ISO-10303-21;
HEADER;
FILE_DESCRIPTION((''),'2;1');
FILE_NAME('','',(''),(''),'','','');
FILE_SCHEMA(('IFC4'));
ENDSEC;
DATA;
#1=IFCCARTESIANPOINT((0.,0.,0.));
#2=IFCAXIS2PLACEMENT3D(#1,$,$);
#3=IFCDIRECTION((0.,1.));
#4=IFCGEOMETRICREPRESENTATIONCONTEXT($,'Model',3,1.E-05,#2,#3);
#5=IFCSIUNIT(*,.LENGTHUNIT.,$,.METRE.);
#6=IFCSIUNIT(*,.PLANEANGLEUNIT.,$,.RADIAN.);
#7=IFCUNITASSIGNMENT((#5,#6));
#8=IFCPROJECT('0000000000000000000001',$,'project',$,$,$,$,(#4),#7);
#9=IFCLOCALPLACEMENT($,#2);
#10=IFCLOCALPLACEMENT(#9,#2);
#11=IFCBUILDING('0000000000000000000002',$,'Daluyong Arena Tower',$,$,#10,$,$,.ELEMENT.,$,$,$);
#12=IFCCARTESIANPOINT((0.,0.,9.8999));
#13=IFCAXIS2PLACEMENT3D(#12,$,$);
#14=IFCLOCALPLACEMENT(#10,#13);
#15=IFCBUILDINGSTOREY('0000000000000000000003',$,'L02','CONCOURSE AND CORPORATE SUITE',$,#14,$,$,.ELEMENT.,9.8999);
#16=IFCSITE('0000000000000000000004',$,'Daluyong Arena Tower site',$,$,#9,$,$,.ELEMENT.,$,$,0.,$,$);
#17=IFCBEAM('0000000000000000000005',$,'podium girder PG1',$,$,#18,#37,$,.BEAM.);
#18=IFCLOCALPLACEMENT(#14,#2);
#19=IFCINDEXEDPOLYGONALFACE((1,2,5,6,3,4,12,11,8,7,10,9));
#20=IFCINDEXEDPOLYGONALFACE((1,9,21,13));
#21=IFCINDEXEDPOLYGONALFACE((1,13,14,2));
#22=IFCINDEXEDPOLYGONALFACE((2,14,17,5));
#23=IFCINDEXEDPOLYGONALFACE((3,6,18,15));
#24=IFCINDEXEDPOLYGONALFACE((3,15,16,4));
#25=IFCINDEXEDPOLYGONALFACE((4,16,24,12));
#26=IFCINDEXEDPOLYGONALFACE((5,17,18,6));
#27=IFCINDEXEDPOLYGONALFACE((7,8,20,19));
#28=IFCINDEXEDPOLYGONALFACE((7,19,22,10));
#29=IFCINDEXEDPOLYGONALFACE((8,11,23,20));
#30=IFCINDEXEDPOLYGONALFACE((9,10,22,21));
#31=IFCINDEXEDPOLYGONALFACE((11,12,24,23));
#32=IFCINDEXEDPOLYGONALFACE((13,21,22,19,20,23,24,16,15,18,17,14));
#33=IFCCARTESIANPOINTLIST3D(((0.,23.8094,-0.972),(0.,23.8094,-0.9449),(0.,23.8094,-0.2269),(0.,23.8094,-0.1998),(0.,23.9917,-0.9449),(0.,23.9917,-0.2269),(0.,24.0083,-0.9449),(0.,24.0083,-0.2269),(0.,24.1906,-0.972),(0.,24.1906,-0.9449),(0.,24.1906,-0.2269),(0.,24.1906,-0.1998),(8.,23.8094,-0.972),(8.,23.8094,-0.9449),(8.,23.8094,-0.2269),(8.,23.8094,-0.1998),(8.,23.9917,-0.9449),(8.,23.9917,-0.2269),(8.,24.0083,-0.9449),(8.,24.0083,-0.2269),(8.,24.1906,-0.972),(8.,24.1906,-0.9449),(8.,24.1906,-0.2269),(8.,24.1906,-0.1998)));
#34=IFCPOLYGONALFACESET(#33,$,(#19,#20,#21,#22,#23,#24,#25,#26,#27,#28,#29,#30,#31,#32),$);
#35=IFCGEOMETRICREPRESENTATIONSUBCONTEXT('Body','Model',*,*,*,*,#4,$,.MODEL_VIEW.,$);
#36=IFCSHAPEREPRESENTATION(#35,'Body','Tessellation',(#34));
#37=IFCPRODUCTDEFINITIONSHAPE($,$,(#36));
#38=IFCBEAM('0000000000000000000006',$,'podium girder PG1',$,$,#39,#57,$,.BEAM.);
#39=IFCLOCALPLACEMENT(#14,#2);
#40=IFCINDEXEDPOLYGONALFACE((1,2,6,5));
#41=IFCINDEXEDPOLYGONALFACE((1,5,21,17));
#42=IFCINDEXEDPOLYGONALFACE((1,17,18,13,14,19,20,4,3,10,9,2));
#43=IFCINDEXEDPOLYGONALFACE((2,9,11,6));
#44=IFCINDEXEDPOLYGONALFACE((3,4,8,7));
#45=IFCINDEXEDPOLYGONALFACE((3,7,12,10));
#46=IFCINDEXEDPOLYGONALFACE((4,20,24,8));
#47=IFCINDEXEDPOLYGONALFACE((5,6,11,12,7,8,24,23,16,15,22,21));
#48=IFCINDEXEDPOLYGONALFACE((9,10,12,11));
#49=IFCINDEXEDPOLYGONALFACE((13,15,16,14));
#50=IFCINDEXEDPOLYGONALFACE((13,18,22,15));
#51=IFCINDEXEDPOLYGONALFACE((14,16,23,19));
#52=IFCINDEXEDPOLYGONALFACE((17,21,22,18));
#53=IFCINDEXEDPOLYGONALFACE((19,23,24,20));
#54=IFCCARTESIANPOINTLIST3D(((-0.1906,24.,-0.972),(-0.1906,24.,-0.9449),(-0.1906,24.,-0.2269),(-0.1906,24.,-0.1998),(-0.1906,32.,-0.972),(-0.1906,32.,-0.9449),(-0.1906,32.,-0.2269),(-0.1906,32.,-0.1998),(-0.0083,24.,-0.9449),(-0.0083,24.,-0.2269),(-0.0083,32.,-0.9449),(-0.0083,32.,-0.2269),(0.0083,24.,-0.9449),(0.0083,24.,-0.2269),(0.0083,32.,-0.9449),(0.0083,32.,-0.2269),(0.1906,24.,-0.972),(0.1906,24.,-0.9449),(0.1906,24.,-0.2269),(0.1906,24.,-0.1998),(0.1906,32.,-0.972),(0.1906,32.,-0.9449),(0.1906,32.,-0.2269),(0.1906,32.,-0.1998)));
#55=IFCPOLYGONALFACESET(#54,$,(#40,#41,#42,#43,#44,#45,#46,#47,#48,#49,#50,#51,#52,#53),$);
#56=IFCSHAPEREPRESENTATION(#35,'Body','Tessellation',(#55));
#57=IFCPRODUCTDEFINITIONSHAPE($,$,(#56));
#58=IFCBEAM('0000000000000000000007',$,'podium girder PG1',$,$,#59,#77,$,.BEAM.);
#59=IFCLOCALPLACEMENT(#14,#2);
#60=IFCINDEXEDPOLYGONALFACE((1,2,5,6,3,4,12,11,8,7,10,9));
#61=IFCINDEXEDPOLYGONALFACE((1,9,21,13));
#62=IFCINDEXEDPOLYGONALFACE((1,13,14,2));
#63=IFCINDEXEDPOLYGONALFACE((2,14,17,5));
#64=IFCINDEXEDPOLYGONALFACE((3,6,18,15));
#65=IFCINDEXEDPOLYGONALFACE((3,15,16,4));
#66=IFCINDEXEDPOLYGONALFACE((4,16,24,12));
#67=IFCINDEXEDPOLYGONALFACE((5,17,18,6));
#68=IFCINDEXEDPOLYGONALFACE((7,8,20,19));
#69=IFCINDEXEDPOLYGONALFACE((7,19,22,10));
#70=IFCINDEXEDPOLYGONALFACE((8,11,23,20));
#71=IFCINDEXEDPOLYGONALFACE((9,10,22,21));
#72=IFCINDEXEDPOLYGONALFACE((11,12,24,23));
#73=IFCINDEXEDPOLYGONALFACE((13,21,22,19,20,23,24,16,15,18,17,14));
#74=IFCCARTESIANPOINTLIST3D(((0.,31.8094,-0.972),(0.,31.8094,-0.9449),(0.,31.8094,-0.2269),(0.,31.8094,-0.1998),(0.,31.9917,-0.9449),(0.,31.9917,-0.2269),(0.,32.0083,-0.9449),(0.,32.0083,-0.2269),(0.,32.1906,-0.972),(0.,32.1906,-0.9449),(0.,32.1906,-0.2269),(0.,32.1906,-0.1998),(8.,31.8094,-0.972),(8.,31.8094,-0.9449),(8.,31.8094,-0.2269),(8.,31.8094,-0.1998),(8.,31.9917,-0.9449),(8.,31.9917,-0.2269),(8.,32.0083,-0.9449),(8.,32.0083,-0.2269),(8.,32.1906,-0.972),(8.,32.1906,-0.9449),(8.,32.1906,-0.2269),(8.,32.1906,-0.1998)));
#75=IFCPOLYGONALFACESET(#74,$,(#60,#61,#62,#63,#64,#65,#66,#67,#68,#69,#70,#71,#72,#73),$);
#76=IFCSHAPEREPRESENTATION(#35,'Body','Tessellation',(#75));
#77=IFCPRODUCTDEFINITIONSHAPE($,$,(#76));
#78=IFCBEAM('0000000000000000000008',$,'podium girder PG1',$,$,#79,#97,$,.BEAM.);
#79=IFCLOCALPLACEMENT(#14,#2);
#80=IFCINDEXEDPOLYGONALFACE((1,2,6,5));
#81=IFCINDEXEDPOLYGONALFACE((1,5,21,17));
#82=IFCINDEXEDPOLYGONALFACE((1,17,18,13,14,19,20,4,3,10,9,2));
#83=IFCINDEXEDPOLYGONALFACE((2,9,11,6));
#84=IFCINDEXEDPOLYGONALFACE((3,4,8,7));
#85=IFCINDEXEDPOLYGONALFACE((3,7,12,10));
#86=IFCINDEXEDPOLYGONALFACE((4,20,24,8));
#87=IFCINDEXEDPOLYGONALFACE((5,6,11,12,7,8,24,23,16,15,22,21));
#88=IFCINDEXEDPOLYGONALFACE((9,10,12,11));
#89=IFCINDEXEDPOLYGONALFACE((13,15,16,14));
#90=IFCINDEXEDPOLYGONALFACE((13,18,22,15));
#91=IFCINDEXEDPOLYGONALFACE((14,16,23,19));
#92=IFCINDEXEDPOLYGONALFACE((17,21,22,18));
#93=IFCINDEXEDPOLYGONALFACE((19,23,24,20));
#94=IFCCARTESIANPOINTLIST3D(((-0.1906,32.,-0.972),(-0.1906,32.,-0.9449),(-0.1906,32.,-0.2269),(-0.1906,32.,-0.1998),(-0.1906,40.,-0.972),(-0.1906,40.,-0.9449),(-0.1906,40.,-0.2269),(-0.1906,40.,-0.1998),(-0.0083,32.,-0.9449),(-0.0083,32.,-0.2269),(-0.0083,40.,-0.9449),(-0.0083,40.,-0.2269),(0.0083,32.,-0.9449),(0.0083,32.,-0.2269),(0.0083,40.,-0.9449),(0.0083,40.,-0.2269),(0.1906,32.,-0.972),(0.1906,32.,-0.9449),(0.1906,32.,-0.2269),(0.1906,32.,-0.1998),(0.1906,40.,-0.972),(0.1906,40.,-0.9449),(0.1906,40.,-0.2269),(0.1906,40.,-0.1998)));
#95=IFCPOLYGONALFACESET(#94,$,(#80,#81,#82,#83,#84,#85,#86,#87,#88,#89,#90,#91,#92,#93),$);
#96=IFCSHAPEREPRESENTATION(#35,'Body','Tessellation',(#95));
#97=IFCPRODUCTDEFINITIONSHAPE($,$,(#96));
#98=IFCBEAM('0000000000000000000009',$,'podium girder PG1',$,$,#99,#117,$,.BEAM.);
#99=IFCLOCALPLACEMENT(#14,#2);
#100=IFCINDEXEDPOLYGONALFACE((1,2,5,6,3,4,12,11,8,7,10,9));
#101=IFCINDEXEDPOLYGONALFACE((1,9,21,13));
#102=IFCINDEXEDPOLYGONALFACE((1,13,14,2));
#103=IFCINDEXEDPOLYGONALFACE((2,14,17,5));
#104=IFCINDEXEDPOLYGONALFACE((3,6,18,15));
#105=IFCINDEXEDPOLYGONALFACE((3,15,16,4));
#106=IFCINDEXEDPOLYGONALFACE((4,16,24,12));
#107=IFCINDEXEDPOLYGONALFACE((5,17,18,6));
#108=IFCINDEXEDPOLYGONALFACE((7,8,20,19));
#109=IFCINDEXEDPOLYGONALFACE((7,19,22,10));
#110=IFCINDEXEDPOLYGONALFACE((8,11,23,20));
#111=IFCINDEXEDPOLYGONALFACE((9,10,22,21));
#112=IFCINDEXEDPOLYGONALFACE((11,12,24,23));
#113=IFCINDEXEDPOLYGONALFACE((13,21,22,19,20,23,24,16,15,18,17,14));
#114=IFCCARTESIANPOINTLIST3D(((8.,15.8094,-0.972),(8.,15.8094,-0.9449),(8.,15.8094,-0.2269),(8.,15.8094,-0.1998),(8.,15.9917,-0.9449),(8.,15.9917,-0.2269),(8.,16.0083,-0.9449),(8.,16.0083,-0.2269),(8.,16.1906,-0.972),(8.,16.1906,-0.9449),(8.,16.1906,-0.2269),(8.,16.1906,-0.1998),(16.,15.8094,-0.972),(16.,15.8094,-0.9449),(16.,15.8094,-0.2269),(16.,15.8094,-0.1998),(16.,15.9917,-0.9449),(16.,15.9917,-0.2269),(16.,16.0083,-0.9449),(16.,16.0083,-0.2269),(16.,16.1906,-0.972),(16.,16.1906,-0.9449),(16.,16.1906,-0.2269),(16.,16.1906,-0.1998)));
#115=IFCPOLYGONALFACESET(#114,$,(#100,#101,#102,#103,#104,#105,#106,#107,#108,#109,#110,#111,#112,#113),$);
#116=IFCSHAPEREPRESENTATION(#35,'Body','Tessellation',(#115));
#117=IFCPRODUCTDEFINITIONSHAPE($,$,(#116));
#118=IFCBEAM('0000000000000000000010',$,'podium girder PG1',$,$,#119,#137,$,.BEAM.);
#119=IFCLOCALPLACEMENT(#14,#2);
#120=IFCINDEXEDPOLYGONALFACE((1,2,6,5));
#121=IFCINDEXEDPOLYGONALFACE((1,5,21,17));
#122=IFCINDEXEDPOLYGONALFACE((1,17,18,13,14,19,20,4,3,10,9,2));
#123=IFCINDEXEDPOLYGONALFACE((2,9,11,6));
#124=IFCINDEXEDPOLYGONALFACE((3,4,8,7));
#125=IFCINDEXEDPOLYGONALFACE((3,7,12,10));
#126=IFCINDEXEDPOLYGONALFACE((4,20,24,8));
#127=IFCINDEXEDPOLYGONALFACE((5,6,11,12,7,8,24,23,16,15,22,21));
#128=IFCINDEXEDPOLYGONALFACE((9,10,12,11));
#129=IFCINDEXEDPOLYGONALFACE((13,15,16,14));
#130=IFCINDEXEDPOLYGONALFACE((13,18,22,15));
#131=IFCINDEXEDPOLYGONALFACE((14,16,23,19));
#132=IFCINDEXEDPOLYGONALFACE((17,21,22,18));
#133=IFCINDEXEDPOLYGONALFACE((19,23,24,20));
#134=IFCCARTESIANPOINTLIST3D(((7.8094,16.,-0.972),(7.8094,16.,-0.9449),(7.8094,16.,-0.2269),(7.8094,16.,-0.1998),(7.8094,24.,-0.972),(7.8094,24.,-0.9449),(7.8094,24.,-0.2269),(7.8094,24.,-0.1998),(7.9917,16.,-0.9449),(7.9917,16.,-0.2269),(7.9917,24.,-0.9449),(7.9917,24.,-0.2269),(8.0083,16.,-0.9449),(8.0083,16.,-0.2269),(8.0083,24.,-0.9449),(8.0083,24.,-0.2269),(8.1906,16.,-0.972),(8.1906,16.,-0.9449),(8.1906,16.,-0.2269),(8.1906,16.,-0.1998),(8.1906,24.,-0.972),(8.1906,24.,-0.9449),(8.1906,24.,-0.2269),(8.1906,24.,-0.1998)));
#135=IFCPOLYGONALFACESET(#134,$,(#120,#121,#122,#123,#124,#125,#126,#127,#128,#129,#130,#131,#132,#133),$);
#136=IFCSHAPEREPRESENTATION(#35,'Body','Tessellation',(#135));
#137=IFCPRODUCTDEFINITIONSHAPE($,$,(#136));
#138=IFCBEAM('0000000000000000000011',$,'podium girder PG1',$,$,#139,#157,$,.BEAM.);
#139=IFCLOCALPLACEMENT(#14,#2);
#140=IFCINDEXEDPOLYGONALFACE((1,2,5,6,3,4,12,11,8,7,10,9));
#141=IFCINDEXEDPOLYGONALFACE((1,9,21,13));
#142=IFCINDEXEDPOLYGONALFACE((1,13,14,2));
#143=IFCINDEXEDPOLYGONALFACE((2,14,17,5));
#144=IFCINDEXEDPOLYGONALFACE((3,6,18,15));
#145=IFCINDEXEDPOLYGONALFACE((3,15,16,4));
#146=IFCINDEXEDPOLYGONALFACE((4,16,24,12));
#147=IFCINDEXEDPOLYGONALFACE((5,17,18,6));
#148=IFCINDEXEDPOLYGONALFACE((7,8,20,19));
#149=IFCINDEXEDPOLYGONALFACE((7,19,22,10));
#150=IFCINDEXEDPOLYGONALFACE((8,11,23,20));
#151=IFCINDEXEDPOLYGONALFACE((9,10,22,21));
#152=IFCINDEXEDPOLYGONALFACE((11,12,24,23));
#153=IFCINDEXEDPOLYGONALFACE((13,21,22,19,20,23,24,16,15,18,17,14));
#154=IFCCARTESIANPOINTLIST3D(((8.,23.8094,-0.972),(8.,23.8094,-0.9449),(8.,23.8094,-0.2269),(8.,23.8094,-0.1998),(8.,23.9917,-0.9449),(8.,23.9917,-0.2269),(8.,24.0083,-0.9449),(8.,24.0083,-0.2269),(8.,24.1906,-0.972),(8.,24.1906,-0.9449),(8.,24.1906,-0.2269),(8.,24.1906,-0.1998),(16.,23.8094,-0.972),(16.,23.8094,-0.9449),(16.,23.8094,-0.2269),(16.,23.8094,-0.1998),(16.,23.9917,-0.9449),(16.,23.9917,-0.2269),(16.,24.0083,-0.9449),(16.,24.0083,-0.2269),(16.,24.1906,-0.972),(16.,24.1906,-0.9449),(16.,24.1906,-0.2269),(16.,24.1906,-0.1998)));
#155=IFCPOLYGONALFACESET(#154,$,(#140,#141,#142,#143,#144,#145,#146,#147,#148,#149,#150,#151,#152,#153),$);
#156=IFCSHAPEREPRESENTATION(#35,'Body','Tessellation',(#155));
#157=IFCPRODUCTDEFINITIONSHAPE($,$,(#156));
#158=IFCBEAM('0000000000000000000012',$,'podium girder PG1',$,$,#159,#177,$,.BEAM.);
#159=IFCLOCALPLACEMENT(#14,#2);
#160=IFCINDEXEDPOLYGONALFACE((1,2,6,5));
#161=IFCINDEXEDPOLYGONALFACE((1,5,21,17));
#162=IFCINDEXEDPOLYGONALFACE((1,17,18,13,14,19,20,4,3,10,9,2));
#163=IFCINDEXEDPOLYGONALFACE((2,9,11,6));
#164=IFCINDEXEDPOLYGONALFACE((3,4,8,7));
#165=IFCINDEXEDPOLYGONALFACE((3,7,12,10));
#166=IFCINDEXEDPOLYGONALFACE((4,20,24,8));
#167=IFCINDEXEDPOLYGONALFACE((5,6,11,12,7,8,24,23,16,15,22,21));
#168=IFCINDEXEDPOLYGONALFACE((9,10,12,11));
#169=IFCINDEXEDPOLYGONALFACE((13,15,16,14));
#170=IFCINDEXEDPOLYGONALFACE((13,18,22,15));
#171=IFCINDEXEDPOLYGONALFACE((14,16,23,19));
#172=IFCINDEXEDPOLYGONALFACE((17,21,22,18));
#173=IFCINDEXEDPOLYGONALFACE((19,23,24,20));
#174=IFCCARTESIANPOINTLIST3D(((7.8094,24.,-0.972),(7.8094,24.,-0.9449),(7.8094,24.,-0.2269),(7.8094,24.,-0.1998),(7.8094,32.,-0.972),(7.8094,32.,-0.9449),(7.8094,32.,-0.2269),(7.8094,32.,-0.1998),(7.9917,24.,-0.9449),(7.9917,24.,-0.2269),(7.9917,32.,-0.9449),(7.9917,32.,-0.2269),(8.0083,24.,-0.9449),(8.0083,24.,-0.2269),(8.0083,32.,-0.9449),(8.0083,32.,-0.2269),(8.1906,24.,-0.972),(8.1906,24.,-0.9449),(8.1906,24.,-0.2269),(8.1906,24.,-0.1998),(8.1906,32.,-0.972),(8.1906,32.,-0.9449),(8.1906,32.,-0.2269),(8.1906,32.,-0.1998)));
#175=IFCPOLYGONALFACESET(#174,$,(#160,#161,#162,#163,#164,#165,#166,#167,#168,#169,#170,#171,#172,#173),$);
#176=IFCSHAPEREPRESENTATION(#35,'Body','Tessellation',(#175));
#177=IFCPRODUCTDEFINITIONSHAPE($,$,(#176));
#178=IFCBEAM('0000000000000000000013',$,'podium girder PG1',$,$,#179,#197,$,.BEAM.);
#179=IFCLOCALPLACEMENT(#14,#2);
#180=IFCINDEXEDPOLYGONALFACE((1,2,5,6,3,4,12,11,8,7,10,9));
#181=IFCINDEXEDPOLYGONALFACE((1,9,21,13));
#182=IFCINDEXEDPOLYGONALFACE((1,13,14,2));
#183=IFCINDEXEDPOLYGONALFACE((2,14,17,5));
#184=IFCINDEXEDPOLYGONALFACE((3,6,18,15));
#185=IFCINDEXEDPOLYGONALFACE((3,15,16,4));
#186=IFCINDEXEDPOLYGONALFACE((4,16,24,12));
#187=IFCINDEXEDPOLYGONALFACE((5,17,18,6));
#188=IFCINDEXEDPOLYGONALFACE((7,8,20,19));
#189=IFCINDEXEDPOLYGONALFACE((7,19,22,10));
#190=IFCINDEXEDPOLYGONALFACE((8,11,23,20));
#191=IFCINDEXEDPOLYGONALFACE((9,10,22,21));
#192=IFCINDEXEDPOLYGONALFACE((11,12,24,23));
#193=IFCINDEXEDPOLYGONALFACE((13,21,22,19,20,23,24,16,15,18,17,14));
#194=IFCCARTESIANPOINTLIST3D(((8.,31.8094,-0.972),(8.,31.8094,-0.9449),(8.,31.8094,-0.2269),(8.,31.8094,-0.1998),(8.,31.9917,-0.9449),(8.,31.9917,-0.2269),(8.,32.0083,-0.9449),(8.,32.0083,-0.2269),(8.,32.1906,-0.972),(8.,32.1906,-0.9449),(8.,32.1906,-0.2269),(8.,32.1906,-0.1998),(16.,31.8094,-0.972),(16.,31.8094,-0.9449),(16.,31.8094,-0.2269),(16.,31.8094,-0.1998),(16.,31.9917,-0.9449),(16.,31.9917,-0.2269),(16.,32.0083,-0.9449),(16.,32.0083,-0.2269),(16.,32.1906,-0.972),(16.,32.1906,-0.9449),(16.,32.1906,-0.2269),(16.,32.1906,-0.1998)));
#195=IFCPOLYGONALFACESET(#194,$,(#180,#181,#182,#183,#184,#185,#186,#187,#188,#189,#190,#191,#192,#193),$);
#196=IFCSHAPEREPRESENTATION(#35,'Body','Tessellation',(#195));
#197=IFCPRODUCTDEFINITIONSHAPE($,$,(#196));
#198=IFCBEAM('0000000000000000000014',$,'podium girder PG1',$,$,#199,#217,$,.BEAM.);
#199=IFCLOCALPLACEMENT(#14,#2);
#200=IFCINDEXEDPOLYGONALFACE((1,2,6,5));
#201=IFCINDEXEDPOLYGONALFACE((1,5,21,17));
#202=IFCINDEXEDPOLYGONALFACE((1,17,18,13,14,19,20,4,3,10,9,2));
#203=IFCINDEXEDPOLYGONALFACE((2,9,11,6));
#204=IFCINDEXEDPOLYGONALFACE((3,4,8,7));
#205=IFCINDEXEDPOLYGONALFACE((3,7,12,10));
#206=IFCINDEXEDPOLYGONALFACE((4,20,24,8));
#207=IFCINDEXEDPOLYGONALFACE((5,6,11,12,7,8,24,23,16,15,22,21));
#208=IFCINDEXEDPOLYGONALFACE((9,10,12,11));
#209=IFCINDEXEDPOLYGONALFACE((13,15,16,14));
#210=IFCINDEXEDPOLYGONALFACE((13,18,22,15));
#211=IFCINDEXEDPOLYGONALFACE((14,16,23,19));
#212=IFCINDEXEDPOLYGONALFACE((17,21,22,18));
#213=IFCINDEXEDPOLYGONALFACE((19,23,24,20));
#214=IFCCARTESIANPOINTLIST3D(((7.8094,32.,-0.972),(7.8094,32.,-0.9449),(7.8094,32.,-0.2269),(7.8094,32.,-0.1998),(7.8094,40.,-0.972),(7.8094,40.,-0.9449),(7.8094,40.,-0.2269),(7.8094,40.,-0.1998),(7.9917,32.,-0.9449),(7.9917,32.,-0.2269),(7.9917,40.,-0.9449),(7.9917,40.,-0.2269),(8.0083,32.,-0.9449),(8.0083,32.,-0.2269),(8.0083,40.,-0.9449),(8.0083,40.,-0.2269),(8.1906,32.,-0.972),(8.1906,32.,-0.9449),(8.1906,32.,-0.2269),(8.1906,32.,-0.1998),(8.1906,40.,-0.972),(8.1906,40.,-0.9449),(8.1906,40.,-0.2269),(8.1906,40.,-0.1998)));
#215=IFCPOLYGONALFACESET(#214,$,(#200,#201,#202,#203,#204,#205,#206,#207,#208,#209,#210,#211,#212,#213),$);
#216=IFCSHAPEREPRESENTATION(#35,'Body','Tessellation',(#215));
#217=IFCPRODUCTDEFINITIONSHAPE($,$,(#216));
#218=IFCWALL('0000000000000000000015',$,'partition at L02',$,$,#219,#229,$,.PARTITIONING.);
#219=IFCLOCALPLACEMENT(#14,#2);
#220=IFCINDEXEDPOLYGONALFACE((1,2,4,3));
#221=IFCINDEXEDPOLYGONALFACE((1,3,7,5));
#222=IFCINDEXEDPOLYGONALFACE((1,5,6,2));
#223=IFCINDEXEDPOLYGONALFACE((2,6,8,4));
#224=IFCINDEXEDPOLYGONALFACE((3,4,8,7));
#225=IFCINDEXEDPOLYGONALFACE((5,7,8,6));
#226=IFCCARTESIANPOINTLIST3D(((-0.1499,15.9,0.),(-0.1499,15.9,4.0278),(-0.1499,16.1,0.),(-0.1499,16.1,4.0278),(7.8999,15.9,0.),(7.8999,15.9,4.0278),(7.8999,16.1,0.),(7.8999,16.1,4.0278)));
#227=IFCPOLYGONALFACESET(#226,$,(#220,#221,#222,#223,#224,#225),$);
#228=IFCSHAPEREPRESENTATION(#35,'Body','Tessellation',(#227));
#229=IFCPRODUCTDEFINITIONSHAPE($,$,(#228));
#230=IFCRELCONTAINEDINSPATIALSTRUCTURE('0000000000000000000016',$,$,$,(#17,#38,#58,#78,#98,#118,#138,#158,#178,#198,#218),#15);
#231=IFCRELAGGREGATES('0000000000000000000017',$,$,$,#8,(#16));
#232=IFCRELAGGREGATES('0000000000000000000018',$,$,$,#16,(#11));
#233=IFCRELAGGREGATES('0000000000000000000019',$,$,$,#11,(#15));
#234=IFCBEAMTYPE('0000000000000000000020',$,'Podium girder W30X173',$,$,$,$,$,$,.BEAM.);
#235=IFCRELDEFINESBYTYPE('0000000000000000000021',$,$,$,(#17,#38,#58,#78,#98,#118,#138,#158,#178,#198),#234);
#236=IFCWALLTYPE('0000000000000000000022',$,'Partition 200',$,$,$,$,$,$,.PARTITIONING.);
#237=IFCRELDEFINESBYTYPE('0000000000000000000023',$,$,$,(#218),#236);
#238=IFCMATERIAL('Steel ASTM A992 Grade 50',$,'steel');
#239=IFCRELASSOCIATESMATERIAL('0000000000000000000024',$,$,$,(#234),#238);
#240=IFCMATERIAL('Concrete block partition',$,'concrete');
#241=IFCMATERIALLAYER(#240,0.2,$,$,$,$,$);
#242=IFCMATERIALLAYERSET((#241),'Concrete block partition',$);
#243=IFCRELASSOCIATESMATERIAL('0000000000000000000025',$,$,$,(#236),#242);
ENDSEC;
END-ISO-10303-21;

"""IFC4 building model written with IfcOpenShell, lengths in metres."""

from ifc_helpers import new_model, si_unit, direction, frame, frame_2d, origin, origin_2d, place, context, subcontext, project, spatial, rectangle, i_section, extrude, material, layer, layer_set, material_profile, profile_set, type_object, element, save


model = new_model("IFC4")

# Units and contexts
model_context = context("Model", 3, precision=1e-05, world=origin(), true_north=direction((0.0, 1.0)))
body_context = subcontext(model_context, "Body", "Model", "MODEL_VIEW")
ifc_project = project(units=[si_unit("LENGTHUNIT", "METRE"), si_unit("PLANEANGLEUNIT", "RADIAN")], contexts=[model_context])

# Site, building, storey
site_placement = place(None, origin())
site = spatial("IfcSite", under=ifc_project, at=site_placement, Name="Daluyong Arena Tower site", CompositionType="ELEMENT", RefElevation=0.0)
building_placement = place(site_placement, origin())
building = spatial("IfcBuilding", under=site, at=building_placement, Name="Daluyong Arena Tower", CompositionType="ELEMENT")
storey_placement = place(building_placement, frame((0.0, 0.0, 9.8999)))
storey = spatial("IfcBuildingStorey", under=building, at=storey_placement, Name="L02", Description="CONCOURSE AND CORPORATE SUITE", CompositionType="ELEMENT", Elevation=9.8999)

# Beams
ifc_material_1 = material(Name="Steel ASTM A992 Grade 50", Category="steel")
ifc_material_profile_1 = material_profile(ifc_material_1, i_section(OverallWidth=0.3811, OverallDepth=0.7722, WebThickness=0.0166, FlangeThickness=0.0271, at=origin_2d()))
ifc_profile_set_1 = profile_set([ifc_material_profile_1], Name="Steel ASTM A992 Grade 50")
beam_type_1 = type_object("IfcBeamType", Name="Podium girder W30X173", PredefinedType="BEAM", material=ifc_profile_set_1)
for number, where, z_axis, x_axis, name in (
    (1, (0.0, 24.0, -0.5859), (1.0, 0.0, 0.0), (0.0, 1.0, 0.0), "podium girder PG1"),
    (2, (0.0, 24.0, -0.5859), (0.0, 1.0, 0.0), (-1.0, 0.0, 0.0), "podium girder PG1"),
    (3, (0.0, 32.0, -0.5859), (1.0, 0.0, 0.0), (0.0, 1.0, 0.0), "podium girder PG1"),
    (4, (0.0, 32.0, -0.5859), (0.0, 1.0, 0.0), (-1.0, 0.0, 0.0), "podium girder PG1"),
    (5, (8.0, 16.0, -0.5859), (1.0, 0.0, 0.0), (0.0, 1.0, 0.0), "podium girder PG1"),
    (6, (8.0, 16.0, -0.5859), (0.0, 1.0, 0.0), (-1.0, 0.0, 0.0), "podium girder PG1"),
    (7, (8.0, 24.0, -0.5859), (1.0, 0.0, 0.0), (0.0, 1.0, 0.0), "podium girder PG1"),
    (8, (8.0, 24.0, -0.5859), (0.0, 1.0, 0.0), (-1.0, 0.0, 0.0), "podium girder PG1"),
    (9, (8.0, 32.0, -0.5859), (1.0, 0.0, 0.0), (0.0, 1.0, 0.0), "podium girder PG1"),
    (10, (8.0, 32.0, -0.5859), (0.0, 1.0, 0.0), (-1.0, 0.0, 0.0), "podium girder PG1"),
):
    element("IfcBeam", number, at=place(storey_placement, frame(where, z_axis=z_axis, x_axis=x_axis)), inside=storey, type_object=beam_type_1, Name=name, PredefinedType="BEAM", context=body_context, shape_type="SweptSolid", body=[
        extrude(i_section(OverallWidth=0.3811, OverallDepth=0.7722, WebThickness=0.0166, FlangeThickness=0.0271, at=origin_2d()), origin(), (0.0, 0.0, 1.0), 8.0),
    ])

# Wall
ifc_material_2 = material(Name="Concrete block partition", Category="concrete")
ifc_layer = layer(ifc_material_2, 0.2)
ifc_layer_set = layer_set([ifc_layer], Name="Concrete block partition")
wall_type = type_object("IfcWallType", Name="Partition 200", PredefinedType="PARTITIONING", material=ifc_layer_set)
wall_1_placement = place(storey_placement, frame((-0.1499, 16.0, 0.0), z_axis=(0.0, 0.0, 1.0), x_axis=(1.0, 0.0, 0.0)))
element("IfcWall", 11, at=wall_1_placement, inside=storey, type_object=wall_type, Name="partition at L02", PredefinedType="PARTITIONING", context=body_context, shape_type="SweptSolid", body=[
    extrude(rectangle(XDim=8.0498, YDim=0.2, at=frame_2d((4.0249, 0.0))), origin(), (0.0, 0.0, 1.0), 4.0278),
])

save(model, "model.ifc")
